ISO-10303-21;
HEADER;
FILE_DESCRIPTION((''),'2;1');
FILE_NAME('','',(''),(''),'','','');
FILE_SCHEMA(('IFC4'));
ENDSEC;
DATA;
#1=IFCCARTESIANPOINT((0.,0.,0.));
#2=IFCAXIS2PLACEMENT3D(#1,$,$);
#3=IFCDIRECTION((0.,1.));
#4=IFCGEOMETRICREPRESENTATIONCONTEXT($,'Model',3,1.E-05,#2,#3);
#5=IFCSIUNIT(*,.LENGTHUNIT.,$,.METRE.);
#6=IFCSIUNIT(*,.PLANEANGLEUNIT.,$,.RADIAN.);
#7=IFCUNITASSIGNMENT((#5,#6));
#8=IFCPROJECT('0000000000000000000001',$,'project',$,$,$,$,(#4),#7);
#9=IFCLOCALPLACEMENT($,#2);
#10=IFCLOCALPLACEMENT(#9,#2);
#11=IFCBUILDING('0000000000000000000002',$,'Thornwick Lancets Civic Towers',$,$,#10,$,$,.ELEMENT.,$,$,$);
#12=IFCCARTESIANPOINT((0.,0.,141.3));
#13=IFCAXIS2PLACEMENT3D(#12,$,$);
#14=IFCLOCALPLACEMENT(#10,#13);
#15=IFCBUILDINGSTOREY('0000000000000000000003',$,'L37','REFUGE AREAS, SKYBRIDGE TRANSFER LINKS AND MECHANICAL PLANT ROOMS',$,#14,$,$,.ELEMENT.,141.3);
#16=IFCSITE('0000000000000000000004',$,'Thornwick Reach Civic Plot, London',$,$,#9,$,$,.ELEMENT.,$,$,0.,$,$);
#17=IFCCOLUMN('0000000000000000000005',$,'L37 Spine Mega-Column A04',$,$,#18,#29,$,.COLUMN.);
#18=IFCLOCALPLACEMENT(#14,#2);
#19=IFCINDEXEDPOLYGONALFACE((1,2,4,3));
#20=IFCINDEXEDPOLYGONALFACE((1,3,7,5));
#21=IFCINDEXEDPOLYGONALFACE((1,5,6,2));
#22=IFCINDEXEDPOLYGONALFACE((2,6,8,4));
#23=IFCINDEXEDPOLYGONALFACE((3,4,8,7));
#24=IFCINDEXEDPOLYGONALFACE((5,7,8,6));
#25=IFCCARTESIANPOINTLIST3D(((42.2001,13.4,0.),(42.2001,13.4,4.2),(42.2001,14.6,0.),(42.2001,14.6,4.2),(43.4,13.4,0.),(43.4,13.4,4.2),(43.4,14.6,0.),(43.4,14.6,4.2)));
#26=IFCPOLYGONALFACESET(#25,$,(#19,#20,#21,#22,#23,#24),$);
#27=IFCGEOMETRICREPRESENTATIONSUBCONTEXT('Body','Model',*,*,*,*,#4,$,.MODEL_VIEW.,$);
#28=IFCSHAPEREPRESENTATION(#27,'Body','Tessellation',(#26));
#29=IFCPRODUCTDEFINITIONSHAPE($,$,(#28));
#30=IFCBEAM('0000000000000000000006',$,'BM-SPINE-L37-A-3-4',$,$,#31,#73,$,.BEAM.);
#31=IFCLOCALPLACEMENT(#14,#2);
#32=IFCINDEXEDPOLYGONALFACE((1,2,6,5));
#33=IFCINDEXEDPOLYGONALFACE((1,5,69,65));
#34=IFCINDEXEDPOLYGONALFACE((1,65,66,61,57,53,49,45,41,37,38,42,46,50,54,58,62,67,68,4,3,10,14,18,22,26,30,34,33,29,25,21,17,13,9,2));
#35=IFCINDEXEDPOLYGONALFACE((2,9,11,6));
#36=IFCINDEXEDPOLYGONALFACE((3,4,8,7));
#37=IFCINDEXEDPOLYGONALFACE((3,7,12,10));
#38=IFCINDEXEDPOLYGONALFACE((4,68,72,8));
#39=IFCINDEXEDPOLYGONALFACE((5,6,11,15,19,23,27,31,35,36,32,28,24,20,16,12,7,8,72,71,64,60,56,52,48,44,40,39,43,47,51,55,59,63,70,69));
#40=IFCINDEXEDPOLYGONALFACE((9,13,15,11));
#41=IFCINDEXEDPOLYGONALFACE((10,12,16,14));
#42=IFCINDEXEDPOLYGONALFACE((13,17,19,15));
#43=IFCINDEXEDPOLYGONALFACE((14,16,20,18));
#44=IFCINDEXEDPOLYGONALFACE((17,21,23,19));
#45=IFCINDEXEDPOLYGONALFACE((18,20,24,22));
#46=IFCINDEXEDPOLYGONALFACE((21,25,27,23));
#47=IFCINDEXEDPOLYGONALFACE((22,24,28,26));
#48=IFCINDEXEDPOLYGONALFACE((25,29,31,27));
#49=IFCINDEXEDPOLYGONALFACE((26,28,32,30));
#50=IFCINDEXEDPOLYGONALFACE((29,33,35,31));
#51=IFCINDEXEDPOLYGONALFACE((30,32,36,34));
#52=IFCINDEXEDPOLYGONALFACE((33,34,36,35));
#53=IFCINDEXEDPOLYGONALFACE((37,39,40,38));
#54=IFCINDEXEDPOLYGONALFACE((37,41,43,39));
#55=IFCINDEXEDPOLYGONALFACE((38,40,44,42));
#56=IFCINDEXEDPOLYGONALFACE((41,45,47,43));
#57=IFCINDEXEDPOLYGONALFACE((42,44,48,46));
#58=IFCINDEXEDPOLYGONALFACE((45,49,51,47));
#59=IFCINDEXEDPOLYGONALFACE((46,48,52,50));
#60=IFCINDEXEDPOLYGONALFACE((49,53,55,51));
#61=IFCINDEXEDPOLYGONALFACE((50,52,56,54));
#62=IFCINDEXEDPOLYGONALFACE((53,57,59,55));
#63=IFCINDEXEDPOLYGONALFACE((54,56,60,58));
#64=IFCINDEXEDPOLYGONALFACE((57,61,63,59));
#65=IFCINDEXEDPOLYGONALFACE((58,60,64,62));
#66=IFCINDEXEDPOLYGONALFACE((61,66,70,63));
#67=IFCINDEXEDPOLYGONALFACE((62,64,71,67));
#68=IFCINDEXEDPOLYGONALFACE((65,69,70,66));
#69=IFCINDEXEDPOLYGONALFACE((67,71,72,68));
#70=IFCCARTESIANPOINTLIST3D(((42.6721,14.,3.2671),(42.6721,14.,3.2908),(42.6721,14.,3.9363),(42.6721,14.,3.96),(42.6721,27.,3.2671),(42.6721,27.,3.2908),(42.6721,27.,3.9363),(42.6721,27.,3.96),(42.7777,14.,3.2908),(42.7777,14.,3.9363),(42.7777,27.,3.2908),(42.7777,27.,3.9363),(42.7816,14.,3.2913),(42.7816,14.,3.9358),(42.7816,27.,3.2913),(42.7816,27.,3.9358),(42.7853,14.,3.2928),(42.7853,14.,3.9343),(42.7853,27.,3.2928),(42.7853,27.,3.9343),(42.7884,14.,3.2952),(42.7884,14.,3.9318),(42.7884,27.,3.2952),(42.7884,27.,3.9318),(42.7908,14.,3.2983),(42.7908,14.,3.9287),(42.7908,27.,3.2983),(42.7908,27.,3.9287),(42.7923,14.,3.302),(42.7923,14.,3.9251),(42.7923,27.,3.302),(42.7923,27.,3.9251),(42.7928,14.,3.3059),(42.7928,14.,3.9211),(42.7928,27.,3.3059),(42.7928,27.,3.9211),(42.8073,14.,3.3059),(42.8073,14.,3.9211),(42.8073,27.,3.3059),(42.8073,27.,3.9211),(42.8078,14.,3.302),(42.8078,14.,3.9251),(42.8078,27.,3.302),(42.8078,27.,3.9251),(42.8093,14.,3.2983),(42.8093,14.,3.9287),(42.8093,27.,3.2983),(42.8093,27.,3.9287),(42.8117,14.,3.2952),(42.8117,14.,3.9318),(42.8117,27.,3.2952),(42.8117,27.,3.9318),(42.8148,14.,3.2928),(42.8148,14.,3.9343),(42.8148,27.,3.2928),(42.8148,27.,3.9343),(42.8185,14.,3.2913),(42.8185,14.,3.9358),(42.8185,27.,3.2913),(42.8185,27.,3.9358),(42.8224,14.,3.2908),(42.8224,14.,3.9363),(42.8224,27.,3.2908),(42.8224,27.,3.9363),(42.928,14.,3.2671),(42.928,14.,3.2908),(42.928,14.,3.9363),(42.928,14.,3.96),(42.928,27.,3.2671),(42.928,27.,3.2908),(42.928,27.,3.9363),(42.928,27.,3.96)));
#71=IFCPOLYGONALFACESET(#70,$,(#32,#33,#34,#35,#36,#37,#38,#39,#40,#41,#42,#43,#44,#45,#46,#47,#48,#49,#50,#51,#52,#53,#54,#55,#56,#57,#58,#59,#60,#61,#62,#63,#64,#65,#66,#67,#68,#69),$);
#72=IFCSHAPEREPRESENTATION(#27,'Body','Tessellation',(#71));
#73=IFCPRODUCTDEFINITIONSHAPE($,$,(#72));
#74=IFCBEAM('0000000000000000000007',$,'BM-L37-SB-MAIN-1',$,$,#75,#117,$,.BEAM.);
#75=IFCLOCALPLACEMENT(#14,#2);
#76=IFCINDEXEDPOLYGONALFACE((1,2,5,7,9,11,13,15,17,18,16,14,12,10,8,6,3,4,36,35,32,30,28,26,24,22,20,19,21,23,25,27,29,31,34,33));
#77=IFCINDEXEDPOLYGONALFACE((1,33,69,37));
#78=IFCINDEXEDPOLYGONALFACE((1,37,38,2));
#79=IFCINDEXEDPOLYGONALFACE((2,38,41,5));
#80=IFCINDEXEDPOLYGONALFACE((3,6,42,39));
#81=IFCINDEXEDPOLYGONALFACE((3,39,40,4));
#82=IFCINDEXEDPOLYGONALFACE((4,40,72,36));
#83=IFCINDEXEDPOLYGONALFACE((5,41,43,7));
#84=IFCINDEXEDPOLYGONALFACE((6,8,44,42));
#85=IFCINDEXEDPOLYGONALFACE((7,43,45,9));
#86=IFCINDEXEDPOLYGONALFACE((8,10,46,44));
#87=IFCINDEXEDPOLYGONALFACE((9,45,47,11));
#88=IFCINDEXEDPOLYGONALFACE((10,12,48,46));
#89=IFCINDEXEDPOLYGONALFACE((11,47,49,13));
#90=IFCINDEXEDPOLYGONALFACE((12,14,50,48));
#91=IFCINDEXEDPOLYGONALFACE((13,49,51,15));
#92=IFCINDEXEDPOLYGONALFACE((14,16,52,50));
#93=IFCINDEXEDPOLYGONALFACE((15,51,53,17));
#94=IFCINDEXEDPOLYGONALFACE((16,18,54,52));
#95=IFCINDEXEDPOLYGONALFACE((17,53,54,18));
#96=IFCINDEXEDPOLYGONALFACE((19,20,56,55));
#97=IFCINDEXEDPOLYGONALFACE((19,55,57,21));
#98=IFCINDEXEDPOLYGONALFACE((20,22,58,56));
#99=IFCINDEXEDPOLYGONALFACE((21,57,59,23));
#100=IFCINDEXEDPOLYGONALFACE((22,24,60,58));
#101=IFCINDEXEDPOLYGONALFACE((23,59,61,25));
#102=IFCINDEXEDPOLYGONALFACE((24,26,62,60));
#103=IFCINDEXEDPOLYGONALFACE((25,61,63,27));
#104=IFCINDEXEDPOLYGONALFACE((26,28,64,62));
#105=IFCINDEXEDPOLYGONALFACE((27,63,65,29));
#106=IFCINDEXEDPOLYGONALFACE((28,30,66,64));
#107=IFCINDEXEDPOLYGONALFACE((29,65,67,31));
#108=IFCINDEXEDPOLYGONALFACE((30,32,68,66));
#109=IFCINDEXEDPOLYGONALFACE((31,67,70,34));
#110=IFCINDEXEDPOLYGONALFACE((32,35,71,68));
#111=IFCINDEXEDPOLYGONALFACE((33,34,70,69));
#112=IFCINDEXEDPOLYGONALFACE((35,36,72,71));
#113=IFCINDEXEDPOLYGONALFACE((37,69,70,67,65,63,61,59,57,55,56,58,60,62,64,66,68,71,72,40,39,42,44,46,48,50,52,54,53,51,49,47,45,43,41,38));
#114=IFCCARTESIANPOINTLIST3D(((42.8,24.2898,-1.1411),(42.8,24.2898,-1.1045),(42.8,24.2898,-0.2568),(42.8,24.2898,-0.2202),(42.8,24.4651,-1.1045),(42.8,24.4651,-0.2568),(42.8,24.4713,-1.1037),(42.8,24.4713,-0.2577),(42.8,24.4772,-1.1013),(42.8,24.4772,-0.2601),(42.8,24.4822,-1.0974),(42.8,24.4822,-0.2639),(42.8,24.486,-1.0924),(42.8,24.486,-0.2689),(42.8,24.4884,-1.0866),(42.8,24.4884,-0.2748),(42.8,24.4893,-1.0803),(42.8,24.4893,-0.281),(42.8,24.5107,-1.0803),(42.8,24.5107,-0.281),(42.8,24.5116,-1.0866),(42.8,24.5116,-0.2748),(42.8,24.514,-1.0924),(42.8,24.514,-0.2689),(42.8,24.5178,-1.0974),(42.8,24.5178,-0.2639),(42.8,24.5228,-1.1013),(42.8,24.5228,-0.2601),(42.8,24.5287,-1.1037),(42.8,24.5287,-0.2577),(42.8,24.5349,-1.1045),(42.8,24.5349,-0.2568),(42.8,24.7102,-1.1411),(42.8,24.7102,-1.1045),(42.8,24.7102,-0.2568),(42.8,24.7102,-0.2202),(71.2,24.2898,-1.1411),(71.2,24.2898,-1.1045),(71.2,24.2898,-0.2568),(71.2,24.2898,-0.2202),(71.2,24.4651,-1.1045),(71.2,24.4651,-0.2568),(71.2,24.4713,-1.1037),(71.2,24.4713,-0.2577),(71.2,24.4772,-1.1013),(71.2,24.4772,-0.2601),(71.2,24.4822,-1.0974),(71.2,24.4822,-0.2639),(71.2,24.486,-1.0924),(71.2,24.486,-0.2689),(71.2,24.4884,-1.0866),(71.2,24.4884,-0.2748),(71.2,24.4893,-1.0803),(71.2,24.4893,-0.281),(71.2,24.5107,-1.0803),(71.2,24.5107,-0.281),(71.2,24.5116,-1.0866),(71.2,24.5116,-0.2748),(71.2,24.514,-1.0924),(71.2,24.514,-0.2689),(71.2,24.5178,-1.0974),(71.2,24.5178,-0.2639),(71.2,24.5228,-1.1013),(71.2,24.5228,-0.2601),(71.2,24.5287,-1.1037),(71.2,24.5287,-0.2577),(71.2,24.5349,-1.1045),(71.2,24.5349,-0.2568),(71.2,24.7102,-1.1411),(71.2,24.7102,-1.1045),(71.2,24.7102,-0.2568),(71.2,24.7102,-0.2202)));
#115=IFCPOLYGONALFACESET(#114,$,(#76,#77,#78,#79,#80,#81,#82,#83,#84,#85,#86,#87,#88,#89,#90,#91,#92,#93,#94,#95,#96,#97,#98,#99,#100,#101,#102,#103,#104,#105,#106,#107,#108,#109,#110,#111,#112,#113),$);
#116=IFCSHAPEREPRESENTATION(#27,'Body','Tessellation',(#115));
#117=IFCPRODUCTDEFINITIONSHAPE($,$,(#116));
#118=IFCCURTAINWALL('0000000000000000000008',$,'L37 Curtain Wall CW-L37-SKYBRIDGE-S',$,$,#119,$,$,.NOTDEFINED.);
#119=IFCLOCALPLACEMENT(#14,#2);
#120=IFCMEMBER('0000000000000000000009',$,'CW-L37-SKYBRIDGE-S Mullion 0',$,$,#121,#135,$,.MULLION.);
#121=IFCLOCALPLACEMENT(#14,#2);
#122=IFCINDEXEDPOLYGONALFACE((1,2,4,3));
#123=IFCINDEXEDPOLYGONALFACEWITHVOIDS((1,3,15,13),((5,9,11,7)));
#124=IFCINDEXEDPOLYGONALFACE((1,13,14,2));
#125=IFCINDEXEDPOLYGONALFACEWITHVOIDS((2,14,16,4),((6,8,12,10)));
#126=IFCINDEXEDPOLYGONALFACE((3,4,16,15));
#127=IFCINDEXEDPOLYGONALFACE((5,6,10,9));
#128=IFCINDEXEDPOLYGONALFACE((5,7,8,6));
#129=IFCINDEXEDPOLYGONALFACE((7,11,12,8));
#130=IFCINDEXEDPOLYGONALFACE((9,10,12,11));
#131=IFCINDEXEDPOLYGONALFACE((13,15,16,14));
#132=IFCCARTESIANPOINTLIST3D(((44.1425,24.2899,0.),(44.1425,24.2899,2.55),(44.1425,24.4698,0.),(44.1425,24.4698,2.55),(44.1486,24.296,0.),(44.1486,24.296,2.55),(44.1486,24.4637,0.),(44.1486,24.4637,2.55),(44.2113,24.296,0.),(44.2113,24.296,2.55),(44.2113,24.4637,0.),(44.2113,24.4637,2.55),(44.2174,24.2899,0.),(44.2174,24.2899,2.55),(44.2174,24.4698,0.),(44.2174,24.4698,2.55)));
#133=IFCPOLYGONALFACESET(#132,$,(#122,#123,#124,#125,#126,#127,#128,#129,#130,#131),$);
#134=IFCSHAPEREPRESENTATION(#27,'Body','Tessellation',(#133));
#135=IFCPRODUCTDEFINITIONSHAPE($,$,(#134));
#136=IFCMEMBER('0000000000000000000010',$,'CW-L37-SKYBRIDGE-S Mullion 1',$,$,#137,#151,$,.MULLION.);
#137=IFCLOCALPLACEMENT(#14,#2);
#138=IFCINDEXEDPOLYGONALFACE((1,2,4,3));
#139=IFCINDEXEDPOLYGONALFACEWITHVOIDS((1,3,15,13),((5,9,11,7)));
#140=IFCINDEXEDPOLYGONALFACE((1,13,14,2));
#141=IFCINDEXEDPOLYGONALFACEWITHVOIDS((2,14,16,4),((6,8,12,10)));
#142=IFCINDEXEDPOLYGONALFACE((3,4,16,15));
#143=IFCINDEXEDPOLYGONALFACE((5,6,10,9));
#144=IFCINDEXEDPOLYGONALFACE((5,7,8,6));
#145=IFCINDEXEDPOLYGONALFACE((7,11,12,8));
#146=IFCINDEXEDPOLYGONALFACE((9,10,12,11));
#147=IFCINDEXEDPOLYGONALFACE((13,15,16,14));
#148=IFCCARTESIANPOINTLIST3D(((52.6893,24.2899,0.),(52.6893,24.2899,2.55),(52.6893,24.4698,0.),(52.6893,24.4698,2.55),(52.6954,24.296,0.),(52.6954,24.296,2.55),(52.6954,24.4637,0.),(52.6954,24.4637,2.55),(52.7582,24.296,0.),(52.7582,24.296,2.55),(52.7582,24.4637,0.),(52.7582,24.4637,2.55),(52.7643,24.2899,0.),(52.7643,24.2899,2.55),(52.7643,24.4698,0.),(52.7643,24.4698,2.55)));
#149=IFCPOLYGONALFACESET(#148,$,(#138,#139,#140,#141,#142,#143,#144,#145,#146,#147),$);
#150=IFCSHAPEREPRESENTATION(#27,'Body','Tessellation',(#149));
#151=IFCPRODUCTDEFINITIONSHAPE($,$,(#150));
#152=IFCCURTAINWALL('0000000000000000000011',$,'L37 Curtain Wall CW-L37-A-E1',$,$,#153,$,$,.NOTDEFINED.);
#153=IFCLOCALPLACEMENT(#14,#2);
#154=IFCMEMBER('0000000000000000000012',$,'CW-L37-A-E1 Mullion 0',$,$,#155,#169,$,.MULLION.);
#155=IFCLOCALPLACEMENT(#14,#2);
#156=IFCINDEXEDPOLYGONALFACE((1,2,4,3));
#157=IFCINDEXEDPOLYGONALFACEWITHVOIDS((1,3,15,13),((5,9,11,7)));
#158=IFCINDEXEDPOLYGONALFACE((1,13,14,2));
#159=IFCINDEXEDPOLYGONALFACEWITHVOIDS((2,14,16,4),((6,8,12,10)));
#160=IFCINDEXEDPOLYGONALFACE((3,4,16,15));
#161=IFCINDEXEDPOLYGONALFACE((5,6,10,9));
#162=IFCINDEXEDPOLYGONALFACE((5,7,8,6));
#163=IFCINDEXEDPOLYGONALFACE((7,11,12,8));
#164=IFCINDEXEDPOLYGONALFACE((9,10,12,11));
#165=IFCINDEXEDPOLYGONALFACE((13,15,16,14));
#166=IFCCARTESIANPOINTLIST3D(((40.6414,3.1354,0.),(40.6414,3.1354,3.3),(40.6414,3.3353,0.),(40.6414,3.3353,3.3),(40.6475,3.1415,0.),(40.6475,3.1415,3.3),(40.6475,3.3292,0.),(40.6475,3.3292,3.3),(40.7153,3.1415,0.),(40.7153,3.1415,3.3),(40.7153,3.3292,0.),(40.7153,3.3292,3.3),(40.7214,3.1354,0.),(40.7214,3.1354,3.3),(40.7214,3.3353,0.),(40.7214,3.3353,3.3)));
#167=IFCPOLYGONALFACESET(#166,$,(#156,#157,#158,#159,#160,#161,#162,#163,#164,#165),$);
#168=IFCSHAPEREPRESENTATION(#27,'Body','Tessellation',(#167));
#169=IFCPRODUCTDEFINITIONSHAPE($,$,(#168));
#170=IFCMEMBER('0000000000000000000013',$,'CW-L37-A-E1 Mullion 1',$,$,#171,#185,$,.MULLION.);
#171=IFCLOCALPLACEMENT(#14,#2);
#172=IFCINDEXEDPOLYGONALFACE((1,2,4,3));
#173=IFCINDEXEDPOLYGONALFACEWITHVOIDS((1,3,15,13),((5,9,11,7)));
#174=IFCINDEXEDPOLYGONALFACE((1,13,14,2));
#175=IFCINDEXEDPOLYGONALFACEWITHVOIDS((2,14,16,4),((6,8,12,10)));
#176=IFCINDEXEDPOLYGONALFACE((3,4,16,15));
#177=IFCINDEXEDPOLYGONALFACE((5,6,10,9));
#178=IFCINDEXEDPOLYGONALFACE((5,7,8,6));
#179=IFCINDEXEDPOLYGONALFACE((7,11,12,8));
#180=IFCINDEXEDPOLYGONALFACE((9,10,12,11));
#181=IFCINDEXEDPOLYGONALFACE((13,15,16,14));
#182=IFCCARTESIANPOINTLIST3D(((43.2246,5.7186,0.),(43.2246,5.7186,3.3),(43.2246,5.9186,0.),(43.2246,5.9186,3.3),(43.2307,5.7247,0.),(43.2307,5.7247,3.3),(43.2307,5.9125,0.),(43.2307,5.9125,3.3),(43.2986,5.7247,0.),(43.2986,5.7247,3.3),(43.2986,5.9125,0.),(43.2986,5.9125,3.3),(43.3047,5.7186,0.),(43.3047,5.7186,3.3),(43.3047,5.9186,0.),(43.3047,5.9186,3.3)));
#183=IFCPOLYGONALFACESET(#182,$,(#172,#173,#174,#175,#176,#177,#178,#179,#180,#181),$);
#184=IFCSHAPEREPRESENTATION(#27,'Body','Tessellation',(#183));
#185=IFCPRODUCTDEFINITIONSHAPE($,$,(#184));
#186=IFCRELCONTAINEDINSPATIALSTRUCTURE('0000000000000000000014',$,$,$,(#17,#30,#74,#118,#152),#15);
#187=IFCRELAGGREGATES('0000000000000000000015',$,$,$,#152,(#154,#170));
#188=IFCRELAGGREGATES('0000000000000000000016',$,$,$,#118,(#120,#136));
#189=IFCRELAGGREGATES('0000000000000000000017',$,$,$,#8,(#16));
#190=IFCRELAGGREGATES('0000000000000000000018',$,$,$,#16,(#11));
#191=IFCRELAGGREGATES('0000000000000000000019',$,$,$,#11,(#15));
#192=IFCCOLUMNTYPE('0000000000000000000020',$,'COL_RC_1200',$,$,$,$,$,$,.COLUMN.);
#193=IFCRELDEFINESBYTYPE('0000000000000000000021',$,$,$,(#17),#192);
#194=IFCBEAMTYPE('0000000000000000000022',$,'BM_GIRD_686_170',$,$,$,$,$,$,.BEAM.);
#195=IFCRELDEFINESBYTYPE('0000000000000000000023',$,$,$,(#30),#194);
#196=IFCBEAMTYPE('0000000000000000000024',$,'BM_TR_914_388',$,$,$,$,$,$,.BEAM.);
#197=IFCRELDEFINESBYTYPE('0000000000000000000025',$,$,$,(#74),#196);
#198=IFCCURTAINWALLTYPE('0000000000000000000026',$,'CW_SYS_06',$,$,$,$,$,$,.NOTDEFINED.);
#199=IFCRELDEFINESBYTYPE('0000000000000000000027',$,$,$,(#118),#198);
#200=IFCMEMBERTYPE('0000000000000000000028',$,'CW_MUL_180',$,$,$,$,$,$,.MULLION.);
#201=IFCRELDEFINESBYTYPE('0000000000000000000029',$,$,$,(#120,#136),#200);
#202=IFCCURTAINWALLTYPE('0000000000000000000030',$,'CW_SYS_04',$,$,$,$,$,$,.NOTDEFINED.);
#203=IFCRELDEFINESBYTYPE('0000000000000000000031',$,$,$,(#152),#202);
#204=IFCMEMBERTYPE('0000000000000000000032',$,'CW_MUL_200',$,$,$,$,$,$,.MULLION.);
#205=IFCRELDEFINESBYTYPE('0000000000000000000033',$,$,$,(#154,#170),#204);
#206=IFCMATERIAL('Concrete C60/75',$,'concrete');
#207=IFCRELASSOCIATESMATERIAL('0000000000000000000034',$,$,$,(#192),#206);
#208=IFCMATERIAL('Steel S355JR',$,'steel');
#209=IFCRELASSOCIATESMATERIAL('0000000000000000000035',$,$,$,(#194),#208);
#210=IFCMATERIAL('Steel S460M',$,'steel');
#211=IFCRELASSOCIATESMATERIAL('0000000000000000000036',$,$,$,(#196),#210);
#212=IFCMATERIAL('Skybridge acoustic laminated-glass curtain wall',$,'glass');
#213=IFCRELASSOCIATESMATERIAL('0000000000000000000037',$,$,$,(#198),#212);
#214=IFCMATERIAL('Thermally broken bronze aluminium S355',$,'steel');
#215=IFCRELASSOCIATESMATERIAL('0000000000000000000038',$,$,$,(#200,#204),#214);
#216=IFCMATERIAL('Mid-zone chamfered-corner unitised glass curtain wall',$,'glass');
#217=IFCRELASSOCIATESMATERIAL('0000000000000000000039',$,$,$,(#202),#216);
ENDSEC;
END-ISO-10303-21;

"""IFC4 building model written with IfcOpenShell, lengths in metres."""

from ifc_helpers import new_model, si_unit, direction, frame, origin, origin_2d, place, context, subcontext, project, spatial, rectangle, hollow_rectangle, i_section, extrude, material, material_profile, profile_set, type_object, element, aggregate, save


model = new_model("IFC4")

# Units and contexts
model_context = context("Model", 3, precision=1e-05, world=origin(), true_north=direction((0.0, 1.0)))
body_context = subcontext(model_context, "Body", "Model", "MODEL_VIEW")
ifc_project = project(units=[si_unit("LENGTHUNIT", "METRE"), si_unit("PLANEANGLEUNIT", "RADIAN")], contexts=[model_context])

# Site, building, storey
site_placement = place(None, origin())
site = spatial("IfcSite", under=ifc_project, at=site_placement, Name="Thornwick Reach Civic Plot, London", CompositionType="ELEMENT", RefElevation=0.0)
building_placement = place(site_placement, origin())
building = spatial("IfcBuilding", under=site, at=building_placement, Name="Thornwick Lancets Civic Towers", CompositionType="ELEMENT")
storey_placement = place(building_placement, frame((0.0, 0.0, 141.3)))
storey = spatial("IfcBuildingStorey", under=building, at=storey_placement, Name="L37", Description="REFUGE AREAS, SKYBRIDGE TRANSFER LINKS AND MECHANICAL PLANT ROOMS", CompositionType="ELEMENT", Elevation=141.3)

# Column
ifc_material_1 = material(Name="Concrete C60/75", Category="concrete")
ifc_material_profile_1 = material_profile(ifc_material_1, rectangle(XDim=1.2, YDim=1.2, at=origin_2d()), Name="RC 1200x1200")
ifc_profile_set_1 = profile_set([ifc_material_profile_1], Name="Concrete C60/75")
column_type = type_object("IfcColumnType", Name="COL_RC_1200", PredefinedType="COLUMN", material=ifc_profile_set_1)
column_placement = place(storey_placement, frame((42.8, 14.0, 0.0), z_axis=(0.0, 0.0, 1.0), x_axis=(1.0, 0.0, 0.0)))
element("IfcColumn", 1, at=column_placement, inside=storey, type_object=column_type, Name="L37 Spine Mega-Column A04", PredefinedType="COLUMN", context=body_context, shape_type="SweptSolid", body=[
    extrude(rectangle(XDim=1.2, YDim=1.2, at=origin_2d()), origin(), (0.0, 0.0, 1.0), 4.2),
])

# Beams
ifc_material_2 = material(Name="Steel S355JR", Category="steel")
ifc_material_profile_2 = material_profile(ifc_material_2, i_section(OverallWidth=0.2559, OverallDepth=0.6929, WebThickness=0.0144, FlangeThickness=0.0237, FilletRadius=0.0151, at=origin_2d()), Name="UKB 686x254x170")
ifc_profile_set_2 = profile_set([ifc_material_profile_2], Name="Steel S355JR")
beam_type_1 = type_object("IfcBeamType", Name="BM_GIRD_686_170", PredefinedType="BEAM", material=ifc_profile_set_2)
beam_1_placement = place(storey_placement, frame((42.8, 14.0, 3.6135), z_axis=(0.0, 1.0, 0.0), x_axis=(-1.0, 0.0, 0.0)))
element("IfcBeam", 2, at=beam_1_placement, inside=storey, type_object=beam_type_1, Name="BM-SPINE-L37-A-3-4", PredefinedType="BEAM", context=body_context, shape_type="SweptSolid", body=[
    extrude(i_section(OverallWidth=0.2559, OverallDepth=0.6929, WebThickness=0.0144, FlangeThickness=0.0237, FilletRadius=0.0151, at=origin_2d()), origin(), (0.0, 0.0, 1.0), 13.0),
])
ifc_material_3 = material(Name="Steel S460M", Category="steel")
ifc_material_profile_3 = material_profile(ifc_material_3, i_section(OverallWidth=0.4204, OverallDepth=0.9209, WebThickness=0.0215, FlangeThickness=0.0366, FilletRadius=0.0242, at=origin_2d()), Name="UKB 914x419x388")
ifc_profile_set_3 = profile_set([ifc_material_profile_3], Name="Steel S460M")
beam_type_2 = type_object("IfcBeamType", Name="BM_TR_914_388", PredefinedType="BEAM", material=ifc_profile_set_3)
beam_2_placement = place(storey_placement, frame((42.8, 24.5, -0.6807), z_axis=(1.0, 0.0, 0.0), x_axis=(0.0, 1.0, 0.0)))
element("IfcBeam", 3, at=beam_2_placement, inside=storey, type_object=beam_type_2, Name="BM-L37-SB-MAIN-1", PredefinedType="BEAM", context=body_context, shape_type="SweptSolid", body=[
    extrude(i_section(OverallWidth=0.4204, OverallDepth=0.9209, WebThickness=0.0215, FlangeThickness=0.0366, FilletRadius=0.0242, at=origin_2d()), origin(), (0.0, 0.0, 1.0), 28.3999),
])

# Curtain walls, members
ifc_material_4 = material(Name="Skybridge acoustic laminated-glass curtain wall", Category="glass")
curtain_wall_type_1 = type_object("IfcCurtainWallType", Name="CW_SYS_06", PredefinedType="NOTDEFINED", material=ifc_material_4)
curtain_wall_1_placement = place(storey_placement, origin())
curtain_wall_1 = element("IfcCurtainWall", 4, at=curtain_wall_1_placement, inside=storey, type_object=curtain_wall_type_1, Name="L37 Curtain Wall CW-L37-SKYBRIDGE-S", PredefinedType="NOTDEFINED")
ifc_material_5 = material(Name="Thermally broken bronze aluminium S355", Category="steel")
ifc_material_profile_4 = material_profile(ifc_material_5, hollow_rectangle(XDim=0.075, YDim=0.1799, WallThickness=0.0061, at=origin_2d()), Name="RHS 180x75x6")
ifc_profile_set_4 = profile_set([ifc_material_profile_4], Name="Thermally broken bronze aluminium S355")
member_type_1 = type_object("IfcMemberType", Name="CW_MUL_180", PredefinedType="MULLION", material=ifc_profile_set_4)
member_1_placement = place(storey_placement, frame((44.1799, 24.3799, 0.0), z_axis=(0.0, 0.0, 1.0), x_axis=(1.0, 0.0, 0.0)))
member_1 = element("IfcMember", 5, at=member_1_placement, type_object=member_type_1, Name="CW-L37-SKYBRIDGE-S Mullion 0", PredefinedType="MULLION", context=body_context, shape_type="SweptSolid", body=[
    extrude(hollow_rectangle(XDim=0.075, YDim=0.1799, WallThickness=0.0061, at=origin_2d()), origin(), (0.0, 0.0, 1.0), 2.55),
])
member_2_placement = place(storey_placement, frame((52.7268, 24.3799, 0.0), z_axis=(0.0, 0.0, 1.0), x_axis=(1.0, 0.0, 0.0)))
member_2 = element("IfcMember", 6, at=member_2_placement, type_object=member_type_1, Name="CW-L37-SKYBRIDGE-S Mullion 1", PredefinedType="MULLION", context=body_context, shape_type="SweptSolid", body=[
    extrude(hollow_rectangle(XDim=0.075, YDim=0.1799, WallThickness=0.0061, at=origin_2d()), origin(), (0.0, 0.0, 1.0), 2.55),
])
ifc_material_6 = material(Name="Mid-zone chamfered-corner unitised glass curtain wall", Category="glass")
curtain_wall_type_2 = type_object("IfcCurtainWallType", Name="CW_SYS_04", PredefinedType="NOTDEFINED", material=ifc_material_6)
curtain_wall_2_placement = place(storey_placement, origin())
curtain_wall_2 = element("IfcCurtainWall", 7, at=curtain_wall_2_placement, inside=storey, type_object=curtain_wall_type_2, Name="L37 Curtain Wall CW-L37-A-E1", PredefinedType="NOTDEFINED")
ifc_material_profile_5 = material_profile(ifc_material_5, hollow_rectangle(XDim=0.0801, YDim=0.2, WallThickness=0.0061, at=origin_2d()), Name="RHS 200x80x6")
ifc_profile_set_5 = profile_set([ifc_material_profile_5], Name="Thermally broken bronze aluminium S355")
member_type_2 = type_object("IfcMemberType", Name="CW_MUL_200", PredefinedType="MULLION", material=ifc_profile_set_5)
member_3_placement = place(storey_placement, frame((40.6814, 3.2354, 0.0), z_axis=(0.0, 0.0, 1.0), x_axis=(1.0, 0.0, 0.0)))
member_3 = element("IfcMember", 8, at=member_3_placement, type_object=member_type_2, Name="CW-L37-A-E1 Mullion 0", PredefinedType="MULLION", context=body_context, shape_type="SweptSolid", body=[
    extrude(hollow_rectangle(XDim=0.0801, YDim=0.2, WallThickness=0.0061, at=origin_2d()), origin(), (0.0, 0.0, 1.0), 3.3),
])
member_4_placement = place(storey_placement, frame((43.2646, 5.8186, 0.0), z_axis=(0.0, 0.0, 1.0), x_axis=(1.0, 0.0, 0.0)))
member_4 = element("IfcMember", 9, at=member_4_placement, type_object=member_type_2, Name="CW-L37-A-E1 Mullion 1", PredefinedType="MULLION", context=body_context, shape_type="SweptSolid", body=[
    extrude(hollow_rectangle(XDim=0.0801, YDim=0.2, WallThickness=0.0061, at=origin_2d()), origin(), (0.0, 0.0, 1.0), 3.3),
])

aggregate(curtain_wall_2, [member_3, member_4])
aggregate(curtain_wall_1, [member_1, member_2])

save(model, "model.ifc")
